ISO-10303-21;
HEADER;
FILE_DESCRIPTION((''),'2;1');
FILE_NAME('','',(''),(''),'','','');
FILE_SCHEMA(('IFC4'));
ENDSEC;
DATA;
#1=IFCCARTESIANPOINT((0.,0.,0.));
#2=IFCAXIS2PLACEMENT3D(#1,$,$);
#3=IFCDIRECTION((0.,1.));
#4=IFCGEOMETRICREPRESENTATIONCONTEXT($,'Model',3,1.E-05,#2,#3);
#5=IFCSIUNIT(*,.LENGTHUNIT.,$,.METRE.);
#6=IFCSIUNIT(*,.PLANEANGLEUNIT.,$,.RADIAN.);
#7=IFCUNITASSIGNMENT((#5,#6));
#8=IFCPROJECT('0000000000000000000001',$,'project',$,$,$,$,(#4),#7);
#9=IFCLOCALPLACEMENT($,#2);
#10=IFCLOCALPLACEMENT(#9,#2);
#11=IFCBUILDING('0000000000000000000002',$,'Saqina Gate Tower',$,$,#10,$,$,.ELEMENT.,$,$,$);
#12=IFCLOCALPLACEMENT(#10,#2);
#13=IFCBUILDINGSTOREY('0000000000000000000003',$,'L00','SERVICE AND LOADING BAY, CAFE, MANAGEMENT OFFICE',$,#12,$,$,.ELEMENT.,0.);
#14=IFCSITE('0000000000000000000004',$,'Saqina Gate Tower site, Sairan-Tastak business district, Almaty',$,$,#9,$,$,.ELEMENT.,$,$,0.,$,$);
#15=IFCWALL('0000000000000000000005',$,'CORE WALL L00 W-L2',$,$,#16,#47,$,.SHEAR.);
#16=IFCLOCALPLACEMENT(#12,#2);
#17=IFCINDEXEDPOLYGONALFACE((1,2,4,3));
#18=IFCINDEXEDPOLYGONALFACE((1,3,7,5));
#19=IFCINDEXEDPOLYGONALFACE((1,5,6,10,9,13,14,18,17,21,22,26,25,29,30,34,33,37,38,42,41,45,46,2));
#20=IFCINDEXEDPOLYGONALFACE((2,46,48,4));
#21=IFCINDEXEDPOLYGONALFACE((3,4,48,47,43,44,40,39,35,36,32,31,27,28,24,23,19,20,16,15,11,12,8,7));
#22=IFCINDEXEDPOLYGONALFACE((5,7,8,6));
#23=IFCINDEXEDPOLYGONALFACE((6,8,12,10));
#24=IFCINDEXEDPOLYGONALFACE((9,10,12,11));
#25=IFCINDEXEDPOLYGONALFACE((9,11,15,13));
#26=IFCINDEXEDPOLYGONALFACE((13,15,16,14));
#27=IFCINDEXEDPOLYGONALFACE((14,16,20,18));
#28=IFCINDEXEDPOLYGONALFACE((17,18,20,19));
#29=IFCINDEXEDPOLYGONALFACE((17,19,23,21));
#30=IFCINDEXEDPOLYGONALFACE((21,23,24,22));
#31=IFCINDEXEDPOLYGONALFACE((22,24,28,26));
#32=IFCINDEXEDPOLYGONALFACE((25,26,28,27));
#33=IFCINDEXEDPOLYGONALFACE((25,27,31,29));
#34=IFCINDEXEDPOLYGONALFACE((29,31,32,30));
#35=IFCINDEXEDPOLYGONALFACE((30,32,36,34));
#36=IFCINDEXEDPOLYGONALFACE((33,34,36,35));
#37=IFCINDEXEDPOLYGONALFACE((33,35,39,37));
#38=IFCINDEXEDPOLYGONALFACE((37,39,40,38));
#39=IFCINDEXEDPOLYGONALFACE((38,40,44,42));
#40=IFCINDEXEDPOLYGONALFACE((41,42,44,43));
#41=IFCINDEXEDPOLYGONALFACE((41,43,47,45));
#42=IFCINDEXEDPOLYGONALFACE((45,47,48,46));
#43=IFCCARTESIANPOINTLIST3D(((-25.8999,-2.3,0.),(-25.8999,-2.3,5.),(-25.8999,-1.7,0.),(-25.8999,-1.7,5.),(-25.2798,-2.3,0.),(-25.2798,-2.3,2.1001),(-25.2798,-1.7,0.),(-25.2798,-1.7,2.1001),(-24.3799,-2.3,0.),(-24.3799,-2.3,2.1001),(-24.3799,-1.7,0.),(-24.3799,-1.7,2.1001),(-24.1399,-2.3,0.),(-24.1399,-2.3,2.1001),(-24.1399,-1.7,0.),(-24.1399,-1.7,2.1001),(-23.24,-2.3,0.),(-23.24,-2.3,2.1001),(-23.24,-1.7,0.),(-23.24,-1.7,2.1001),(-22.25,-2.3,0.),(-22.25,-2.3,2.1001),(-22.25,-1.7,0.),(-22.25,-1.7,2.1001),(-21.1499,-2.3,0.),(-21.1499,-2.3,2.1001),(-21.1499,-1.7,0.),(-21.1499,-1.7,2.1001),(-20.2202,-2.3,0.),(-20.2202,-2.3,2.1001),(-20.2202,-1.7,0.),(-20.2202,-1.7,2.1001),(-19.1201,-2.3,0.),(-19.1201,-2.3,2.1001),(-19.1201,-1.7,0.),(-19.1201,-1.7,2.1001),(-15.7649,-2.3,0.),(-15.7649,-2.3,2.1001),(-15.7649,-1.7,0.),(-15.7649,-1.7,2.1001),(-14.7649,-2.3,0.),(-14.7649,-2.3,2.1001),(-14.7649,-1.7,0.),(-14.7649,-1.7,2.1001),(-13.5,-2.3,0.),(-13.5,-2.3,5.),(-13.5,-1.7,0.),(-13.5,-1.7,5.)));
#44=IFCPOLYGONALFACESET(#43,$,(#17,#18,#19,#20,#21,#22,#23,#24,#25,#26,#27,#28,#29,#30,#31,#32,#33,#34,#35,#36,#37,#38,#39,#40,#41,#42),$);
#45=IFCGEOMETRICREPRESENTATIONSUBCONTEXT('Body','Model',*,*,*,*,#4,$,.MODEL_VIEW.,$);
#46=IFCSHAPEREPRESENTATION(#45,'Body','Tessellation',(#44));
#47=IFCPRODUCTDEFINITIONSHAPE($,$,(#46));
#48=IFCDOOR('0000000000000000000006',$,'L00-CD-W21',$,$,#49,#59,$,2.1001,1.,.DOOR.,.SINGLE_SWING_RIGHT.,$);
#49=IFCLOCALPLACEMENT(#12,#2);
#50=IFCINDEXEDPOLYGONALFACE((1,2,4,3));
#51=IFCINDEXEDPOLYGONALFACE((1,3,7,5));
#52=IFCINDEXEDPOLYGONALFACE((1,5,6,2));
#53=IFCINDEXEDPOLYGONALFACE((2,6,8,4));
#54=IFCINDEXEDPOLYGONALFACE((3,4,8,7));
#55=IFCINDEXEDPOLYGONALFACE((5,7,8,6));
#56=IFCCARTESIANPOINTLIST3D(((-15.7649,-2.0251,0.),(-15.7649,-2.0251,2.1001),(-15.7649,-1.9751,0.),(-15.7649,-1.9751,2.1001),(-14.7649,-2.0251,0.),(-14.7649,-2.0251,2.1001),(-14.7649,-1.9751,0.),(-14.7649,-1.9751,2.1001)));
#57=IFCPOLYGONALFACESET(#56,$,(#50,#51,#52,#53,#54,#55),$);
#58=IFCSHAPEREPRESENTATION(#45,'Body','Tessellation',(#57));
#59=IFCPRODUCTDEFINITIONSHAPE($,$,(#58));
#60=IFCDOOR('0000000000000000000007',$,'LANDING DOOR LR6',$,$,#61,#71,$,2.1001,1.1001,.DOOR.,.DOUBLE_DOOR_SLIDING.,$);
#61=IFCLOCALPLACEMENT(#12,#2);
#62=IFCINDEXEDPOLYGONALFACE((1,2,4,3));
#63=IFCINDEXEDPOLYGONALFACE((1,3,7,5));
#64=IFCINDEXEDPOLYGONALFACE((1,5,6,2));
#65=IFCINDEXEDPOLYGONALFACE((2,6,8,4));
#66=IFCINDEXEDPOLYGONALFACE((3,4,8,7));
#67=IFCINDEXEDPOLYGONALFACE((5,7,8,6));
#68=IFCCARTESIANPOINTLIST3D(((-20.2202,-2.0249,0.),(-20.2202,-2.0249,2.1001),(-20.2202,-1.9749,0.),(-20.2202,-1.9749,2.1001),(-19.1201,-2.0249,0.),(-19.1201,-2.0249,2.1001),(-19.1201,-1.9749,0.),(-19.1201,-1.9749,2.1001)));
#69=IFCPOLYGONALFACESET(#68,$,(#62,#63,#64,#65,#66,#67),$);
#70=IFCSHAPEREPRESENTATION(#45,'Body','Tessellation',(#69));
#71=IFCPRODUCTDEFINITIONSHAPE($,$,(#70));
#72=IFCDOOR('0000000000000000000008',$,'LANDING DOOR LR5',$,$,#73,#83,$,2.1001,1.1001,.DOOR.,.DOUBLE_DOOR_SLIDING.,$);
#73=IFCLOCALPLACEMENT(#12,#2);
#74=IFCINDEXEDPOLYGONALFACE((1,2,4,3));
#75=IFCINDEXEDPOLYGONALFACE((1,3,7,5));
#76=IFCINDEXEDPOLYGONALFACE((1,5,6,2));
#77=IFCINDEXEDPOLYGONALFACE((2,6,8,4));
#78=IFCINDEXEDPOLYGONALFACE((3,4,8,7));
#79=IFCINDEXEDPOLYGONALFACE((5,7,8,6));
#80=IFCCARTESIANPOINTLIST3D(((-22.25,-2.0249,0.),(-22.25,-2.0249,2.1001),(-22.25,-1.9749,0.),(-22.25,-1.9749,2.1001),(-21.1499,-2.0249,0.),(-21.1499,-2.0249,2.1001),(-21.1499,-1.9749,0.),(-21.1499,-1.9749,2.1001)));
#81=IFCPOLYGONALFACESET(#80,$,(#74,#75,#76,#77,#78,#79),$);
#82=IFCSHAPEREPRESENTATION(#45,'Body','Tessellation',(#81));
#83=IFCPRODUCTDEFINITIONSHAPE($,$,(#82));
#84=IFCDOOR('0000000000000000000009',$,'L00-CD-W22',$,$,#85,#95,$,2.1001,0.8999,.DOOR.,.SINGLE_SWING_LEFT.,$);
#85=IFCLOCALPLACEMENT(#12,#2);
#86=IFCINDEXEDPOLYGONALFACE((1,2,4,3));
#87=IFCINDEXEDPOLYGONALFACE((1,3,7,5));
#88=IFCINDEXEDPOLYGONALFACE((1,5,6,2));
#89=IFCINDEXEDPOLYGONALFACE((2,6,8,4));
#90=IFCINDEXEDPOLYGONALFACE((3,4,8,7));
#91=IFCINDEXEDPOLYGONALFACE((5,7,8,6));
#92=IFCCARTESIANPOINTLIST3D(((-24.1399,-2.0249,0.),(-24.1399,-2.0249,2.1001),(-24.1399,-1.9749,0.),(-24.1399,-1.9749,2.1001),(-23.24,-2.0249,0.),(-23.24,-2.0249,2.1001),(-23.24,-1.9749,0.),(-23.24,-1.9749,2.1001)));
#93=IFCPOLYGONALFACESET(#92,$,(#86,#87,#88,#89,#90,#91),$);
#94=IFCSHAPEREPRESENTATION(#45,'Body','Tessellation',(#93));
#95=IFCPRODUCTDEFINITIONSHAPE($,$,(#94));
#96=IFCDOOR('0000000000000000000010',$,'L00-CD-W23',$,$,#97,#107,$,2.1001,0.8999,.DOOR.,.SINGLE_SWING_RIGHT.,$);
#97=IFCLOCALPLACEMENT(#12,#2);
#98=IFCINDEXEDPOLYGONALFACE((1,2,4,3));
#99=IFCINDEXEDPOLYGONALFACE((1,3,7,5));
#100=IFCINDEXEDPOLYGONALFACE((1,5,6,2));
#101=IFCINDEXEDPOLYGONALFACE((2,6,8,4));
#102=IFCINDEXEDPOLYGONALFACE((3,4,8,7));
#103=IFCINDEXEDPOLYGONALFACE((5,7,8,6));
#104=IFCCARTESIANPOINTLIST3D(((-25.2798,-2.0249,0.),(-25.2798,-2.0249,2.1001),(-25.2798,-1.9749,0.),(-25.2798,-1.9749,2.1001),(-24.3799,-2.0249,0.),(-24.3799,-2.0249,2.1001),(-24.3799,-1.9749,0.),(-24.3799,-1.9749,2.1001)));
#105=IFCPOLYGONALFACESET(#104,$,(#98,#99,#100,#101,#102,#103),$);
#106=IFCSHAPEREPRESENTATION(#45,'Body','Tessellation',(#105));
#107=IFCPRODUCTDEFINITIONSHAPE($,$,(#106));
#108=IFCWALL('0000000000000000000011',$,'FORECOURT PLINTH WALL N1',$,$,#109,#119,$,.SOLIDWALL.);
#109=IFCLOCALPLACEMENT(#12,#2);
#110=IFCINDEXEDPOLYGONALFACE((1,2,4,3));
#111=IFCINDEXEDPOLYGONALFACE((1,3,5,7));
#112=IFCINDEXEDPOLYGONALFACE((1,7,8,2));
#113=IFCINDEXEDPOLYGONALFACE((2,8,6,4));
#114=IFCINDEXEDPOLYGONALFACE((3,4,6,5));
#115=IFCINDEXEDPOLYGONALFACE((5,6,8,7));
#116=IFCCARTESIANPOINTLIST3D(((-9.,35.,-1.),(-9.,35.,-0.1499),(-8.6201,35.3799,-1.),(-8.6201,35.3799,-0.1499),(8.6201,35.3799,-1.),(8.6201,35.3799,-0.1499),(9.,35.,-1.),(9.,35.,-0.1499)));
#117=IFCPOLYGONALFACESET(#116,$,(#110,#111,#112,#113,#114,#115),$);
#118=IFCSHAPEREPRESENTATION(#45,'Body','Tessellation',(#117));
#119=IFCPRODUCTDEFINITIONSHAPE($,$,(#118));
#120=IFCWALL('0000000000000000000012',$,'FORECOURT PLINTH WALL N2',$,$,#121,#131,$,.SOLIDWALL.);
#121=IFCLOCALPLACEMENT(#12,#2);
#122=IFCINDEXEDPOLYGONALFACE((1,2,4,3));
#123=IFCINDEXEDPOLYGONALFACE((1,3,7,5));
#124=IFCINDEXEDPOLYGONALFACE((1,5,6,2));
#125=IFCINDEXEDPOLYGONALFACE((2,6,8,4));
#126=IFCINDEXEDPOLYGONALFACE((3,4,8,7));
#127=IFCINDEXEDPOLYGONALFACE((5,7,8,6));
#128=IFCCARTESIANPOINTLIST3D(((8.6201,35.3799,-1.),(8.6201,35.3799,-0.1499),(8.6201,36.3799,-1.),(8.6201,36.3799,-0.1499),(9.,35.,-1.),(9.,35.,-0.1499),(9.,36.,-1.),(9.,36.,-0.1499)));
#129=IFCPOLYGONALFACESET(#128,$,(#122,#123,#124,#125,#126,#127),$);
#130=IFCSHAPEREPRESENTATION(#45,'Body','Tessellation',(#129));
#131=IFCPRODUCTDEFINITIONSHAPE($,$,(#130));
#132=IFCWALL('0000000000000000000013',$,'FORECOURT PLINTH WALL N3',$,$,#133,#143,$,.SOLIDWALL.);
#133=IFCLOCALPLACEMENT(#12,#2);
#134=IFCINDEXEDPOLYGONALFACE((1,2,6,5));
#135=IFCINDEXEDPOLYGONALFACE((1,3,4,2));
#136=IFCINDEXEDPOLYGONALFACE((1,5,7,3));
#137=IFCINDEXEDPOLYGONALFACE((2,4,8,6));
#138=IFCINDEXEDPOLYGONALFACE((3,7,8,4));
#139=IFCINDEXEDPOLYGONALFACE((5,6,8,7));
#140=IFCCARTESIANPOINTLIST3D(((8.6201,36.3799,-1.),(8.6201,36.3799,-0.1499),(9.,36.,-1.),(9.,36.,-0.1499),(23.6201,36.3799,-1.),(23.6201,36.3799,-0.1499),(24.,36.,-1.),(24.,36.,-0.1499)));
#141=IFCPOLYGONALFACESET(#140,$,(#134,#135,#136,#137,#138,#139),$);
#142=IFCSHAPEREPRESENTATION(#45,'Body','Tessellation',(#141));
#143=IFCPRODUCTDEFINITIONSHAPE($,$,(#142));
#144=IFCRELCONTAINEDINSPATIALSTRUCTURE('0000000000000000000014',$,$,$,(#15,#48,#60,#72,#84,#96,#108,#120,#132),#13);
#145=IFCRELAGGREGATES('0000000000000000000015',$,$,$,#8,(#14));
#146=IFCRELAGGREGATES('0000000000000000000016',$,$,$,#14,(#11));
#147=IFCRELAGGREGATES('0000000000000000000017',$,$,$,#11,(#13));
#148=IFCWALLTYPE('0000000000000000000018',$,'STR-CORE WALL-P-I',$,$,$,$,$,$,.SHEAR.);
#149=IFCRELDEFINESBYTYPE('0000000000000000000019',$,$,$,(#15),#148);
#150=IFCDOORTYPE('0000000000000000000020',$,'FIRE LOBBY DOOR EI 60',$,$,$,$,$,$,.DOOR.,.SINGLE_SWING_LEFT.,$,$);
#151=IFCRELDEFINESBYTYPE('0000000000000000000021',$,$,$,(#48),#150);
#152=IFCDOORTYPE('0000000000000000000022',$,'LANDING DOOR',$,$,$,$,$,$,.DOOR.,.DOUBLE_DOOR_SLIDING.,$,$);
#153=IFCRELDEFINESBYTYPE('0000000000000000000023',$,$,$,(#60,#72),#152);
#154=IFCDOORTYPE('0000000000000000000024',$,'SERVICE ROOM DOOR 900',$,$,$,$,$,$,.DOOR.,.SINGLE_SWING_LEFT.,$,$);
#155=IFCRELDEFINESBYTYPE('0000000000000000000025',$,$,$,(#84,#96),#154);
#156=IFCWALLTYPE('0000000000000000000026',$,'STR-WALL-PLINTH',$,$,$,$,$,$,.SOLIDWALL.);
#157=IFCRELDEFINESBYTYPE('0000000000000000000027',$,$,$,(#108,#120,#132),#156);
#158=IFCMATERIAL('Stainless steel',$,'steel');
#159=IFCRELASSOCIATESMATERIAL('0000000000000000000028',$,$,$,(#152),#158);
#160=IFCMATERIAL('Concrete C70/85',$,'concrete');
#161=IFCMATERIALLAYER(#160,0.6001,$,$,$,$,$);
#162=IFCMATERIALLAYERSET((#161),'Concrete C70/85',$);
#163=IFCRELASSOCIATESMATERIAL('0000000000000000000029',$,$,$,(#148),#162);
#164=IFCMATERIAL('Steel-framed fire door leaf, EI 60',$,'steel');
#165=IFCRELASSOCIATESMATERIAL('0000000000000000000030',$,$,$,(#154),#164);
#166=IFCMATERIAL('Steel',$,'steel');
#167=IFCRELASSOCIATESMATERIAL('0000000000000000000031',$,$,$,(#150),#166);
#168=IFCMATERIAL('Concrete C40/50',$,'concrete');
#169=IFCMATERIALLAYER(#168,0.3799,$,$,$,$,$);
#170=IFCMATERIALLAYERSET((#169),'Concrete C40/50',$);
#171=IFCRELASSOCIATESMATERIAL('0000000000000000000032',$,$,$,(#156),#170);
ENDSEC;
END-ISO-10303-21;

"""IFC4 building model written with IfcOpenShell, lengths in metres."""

from ifc_helpers import new_model, si_unit, direction, frame, frame_2d, origin, place, context, subcontext, project, spatial, polyline, rectangle, outline, extrude, material, layer, layer_set, type_object, element, fill, save


model = new_model("IFC4")

# Units and contexts
model_context = context("Model", 3, precision=1e-05, world=origin(), true_north=direction((0.0, 1.0)))
body_context = subcontext(model_context, "Body", "Model", "MODEL_VIEW")
ifc_project = project(units=[si_unit("LENGTHUNIT", "METRE"), si_unit("PLANEANGLEUNIT", "RADIAN")], contexts=[model_context])

# Site, building, storey
site_placement = place(None, origin())
site = spatial("IfcSite", under=ifc_project, at=site_placement, Name="Saqina Gate Tower site, Sairan-Tastak business district, Almaty", CompositionType="ELEMENT", RefElevation=0.0)
building_placement = place(site_placement, origin())
building = spatial("IfcBuilding", under=site, at=building_placement, Name="Saqina Gate Tower", CompositionType="ELEMENT")
storey_placement = place(building_placement, origin())
storey = spatial("IfcBuildingStorey", under=building, at=storey_placement, Name="L00", Description="SERVICE AND LOADING BAY, CAFE, MANAGEMENT OFFICE", CompositionType="ELEMENT", Elevation=0.0)

# Shared definitions
ifc_material_1 = material(Name="Stainless steel", Category="steel")
door_type_1 = type_object("IfcDoorType", Name="LANDING DOOR", OperationType="DOUBLE_DOOR_SLIDING", PredefinedType="DOOR", material=ifc_material_1)

# Wall, openings, doors
ifc_material_2 = material(Name="Concrete C70/85", Category="concrete")
ifc_layer_1 = layer(ifc_material_2, 0.6001)
ifc_layer_set_1 = layer_set([ifc_layer_1], Name="Concrete C70/85")
wall_type_1 = type_object("IfcWallType", Name="STR-CORE WALL-P-I", PredefinedType="SHEAR", material=ifc_layer_set_1)
ifc_material_3 = material(Name="Steel-framed fire door leaf, EI 60", Category="steel")
door_type_2 = type_object("IfcDoorType", Name="SERVICE ROOM DOOR 900", OperationType="SINGLE_SWING_LEFT", PredefinedType="DOOR", material=ifc_material_3)
wall_1_placement = place(storey_placement, frame((-13.5, -2.0, 0.0), z_axis=(0.0, 0.0, 1.0), x_axis=(-1.0, 0.0, 0.0)))
wall_1 = element("IfcWall", 1, at=wall_1_placement, inside=storey, type_object=wall_type_1, Name="CORE WALL L00 W-L2", PredefinedType="SHEAR", context=body_context, shape_type="SweptSolid", body=[
    extrude(rectangle(XDim=12.3999, YDim=0.6001, at=frame_2d((6.2, 0.0))), origin(), (0.0, 0.0, 1.0), 5.0),
])
opening_1_placement = place(wall_1_placement, frame((5.6201, 0.0, 0.0)))
opening_1 = element("IfcOpeningElement", 2, at=opening_1_placement, cuts=wall_1, PredefinedType="OPENING", context=body_context, shape_type="SweptSolid", body=[
    extrude(rectangle(XDim=1.1001, YDim=2.1001, at=frame_2d((0.55, 1.05))), frame((0.0, 0.312, 0.0), z_axis=(0.0, -1.0, 0.0), x_axis=(1.0, 0.0, 0.0)), (0.0, 0.0, 1.0), 0.624),
])
opening_2_placement = place(wall_1_placement, frame((7.6499, 0.0, 0.0)))
opening_2 = element("IfcOpeningElement", 3, at=opening_2_placement, cuts=wall_1, PredefinedType="OPENING", context=body_context, shape_type="SweptSolid", body=[
    extrude(rectangle(XDim=1.1001, YDim=2.1001, at=frame_2d((0.55, 1.05))), frame((0.0, 0.312, 0.0), z_axis=(0.0, -1.0, 0.0), x_axis=(1.0, 0.0, 0.0)), (0.0, 0.0, 1.0), 0.624),
])
opening_3_placement = place(wall_1_placement, frame((1.2649, 0.0, 0.0)))
opening_3 = element("IfcOpeningElement", 4, at=opening_3_placement, cuts=wall_1, PredefinedType="OPENING", context=body_context, shape_type="SweptSolid", body=[
    extrude(rectangle(XDim=1.0, YDim=2.1001, at=frame_2d((0.5, 1.05))), frame((0.0, 0.312, 0.0), z_axis=(0.0, -1.0, 0.0), x_axis=(1.0, 0.0, 0.0)), (0.0, 0.0, 1.0), 0.624),
])
opening_4_placement = place(wall_1_placement, frame((9.74, 0.0, 0.0)))
opening_4 = element("IfcOpeningElement", 5, at=opening_4_placement, cuts=wall_1, PredefinedType="OPENING", context=body_context, shape_type="SweptSolid", body=[
    extrude(rectangle(XDim=0.8999, YDim=2.1001, at=frame_2d((0.45, 1.05))), frame((0.0, 0.312, 0.0), z_axis=(0.0, -1.0, 0.0), x_axis=(1.0, 0.0, 0.0)), (0.0, 0.0, 1.0), 0.624),
])
opening_5_placement = place(wall_1_placement, frame((10.8799, 0.0, 0.0)))
opening_5 = element("IfcOpeningElement", 6, at=opening_5_placement, cuts=wall_1, PredefinedType="OPENING", context=body_context, shape_type="SweptSolid", body=[
    extrude(rectangle(XDim=0.8999, YDim=2.1001, at=frame_2d((0.45, 1.05))), frame((0.0, 0.312, 0.0), z_axis=(0.0, -1.0, 0.0), x_axis=(1.0, 0.0, 0.0)), (0.0, 0.0, 1.0), 0.624),
])
ifc_material_4 = material(Name="Steel", Category="steel")
door_type_3 = type_object("IfcDoorType", Name="FIRE LOBBY DOOR EI 60", OperationType="SINGLE_SWING_LEFT", PredefinedType="DOOR", material=ifc_material_4)
door_1_placement = place(opening_3_placement, frame((1.0, 0.0, 0.0), z_axis=(0.0, 0.0, 1.0), x_axis=(-1.0, 0.0, 0.0)))
door_1 = element("IfcDoor", 7, at=door_1_placement, inside=storey, type_object=door_type_3, Name="L00-CD-W21", OperationType="SINGLE_SWING_RIGHT", OverallHeight=2.1001, OverallWidth=1.0, PredefinedType="DOOR", context=body_context, shape_type="SweptSolid", body=[
    extrude(rectangle(XDim=1.0, YDim=2.1001, at=frame_2d((0.5, 1.05))), frame((0.0, 0.0249, 0.0), z_axis=(0.0, -1.0, 0.0), x_axis=(1.0, 0.0, 0.0)), (0.0, 0.0, 1.0), 0.05),
])
fill(opening_3, door_1)
door_2_placement = place(opening_1_placement, origin())
door_2 = element("IfcDoor", 8, at=door_2_placement, inside=storey, type_object=door_type_1, Name="LANDING DOOR LR6", OperationType="DOUBLE_DOOR_SLIDING", OverallHeight=2.1001, OverallWidth=1.1001, PredefinedType="DOOR", context=body_context, shape_type="SweptSolid", body=[
    extrude(rectangle(XDim=1.1001, YDim=2.1001, at=frame_2d((0.55, 1.05))), frame((0.0, 0.0249, 0.0), z_axis=(0.0, -1.0, 0.0), x_axis=(1.0, 0.0, 0.0)), (0.0, 0.0, 1.0), 0.05),
])
fill(opening_1, door_2)
door_3_placement = place(opening_2_placement, origin())
door_3 = element("IfcDoor", 9, at=door_3_placement, inside=storey, type_object=door_type_1, Name="LANDING DOOR LR5", OperationType="DOUBLE_DOOR_SLIDING", OverallHeight=2.1001, OverallWidth=1.1001, PredefinedType="DOOR", context=body_context, shape_type="SweptSolid", body=[
    extrude(rectangle(XDim=1.1001, YDim=2.1001, at=frame_2d((0.55, 1.05))), frame((0.0, 0.0249, 0.0), z_axis=(0.0, -1.0, 0.0), x_axis=(1.0, 0.0, 0.0)), (0.0, 0.0, 1.0), 0.05),
])
fill(opening_2, door_3)
door_4_placement = place(opening_4_placement, origin())
door_4 = element("IfcDoor", 10, at=door_4_placement, inside=storey, type_object=door_type_2, Name="L00-CD-W22", OperationType="SINGLE_SWING_LEFT", OverallHeight=2.1001, OverallWidth=0.8999, PredefinedType="DOOR", context=body_context, shape_type="SweptSolid", body=[
    extrude(rectangle(XDim=0.8999, YDim=2.1001, at=frame_2d((0.45, 1.05))), frame((0.0, 0.0249, 0.0), z_axis=(0.0, -1.0, 0.0), x_axis=(1.0, 0.0, 0.0)), (0.0, 0.0, 1.0), 0.05),
])
fill(opening_4, door_4)
door_5_placement = place(opening_5_placement, origin())
door_5 = element("IfcDoor", 11, at=door_5_placement, inside=storey, type_object=door_type_2, Name="L00-CD-W23", OperationType="SINGLE_SWING_RIGHT", OverallHeight=2.1001, OverallWidth=0.8999, PredefinedType="DOOR", context=body_context, shape_type="SweptSolid", body=[
    extrude(rectangle(XDim=0.8999, YDim=2.1001, at=frame_2d((0.45, 1.05))), frame((0.0, 0.0249, 0.0), z_axis=(0.0, -1.0, 0.0), x_axis=(1.0, 0.0, 0.0)), (0.0, 0.0, 1.0), 0.05),
])
fill(opening_5, door_5)

# Walls
ifc_material_5 = material(Name="Concrete C40/50", Category="concrete")
ifc_layer_2 = layer(ifc_material_5, 0.3799)
ifc_layer_set_2 = layer_set([ifc_layer_2], Name="Concrete C40/50")
wall_type_2 = type_object("IfcWallType", Name="STR-WALL-PLINTH", PredefinedType="SOLIDWALL", material=ifc_layer_set_2)
wall_2_placement = place(storey_placement, frame((0.0, 0.0, -1.0)))
element("IfcWall", 12, at=wall_2_placement, inside=storey, type_object=wall_type_2, Name="FORECOURT PLINTH WALL N1", PredefinedType="SOLIDWALL", context=body_context, shape_type="SweptSolid", body=[
    extrude(outline(polyline([(-9.0, 35.0), (9.0, 35.0), (8.6201, 35.3799), (-8.6201, 35.3799), (-9.0, 35.0)])), origin(), (0.0, 0.0, 1.0), 0.8501),
])
wall_3_placement = place(storey_placement, frame((0.0, 0.0, -1.0)))
element("IfcWall", 13, at=wall_3_placement, inside=storey, type_object=wall_type_2, Name="FORECOURT PLINTH WALL N2", PredefinedType="SOLIDWALL", context=body_context, shape_type="SweptSolid", body=[
    extrude(outline(polyline([(9.0, 35.0), (9.0, 36.0), (8.6201, 36.3799), (8.6201, 35.3799), (9.0, 35.0)])), origin(), (0.0, 0.0, 1.0), 0.8501),
])
wall_4_placement = place(storey_placement, frame((0.0, 0.0, -1.0)))
element("IfcWall", 14, at=wall_4_placement, inside=storey, type_object=wall_type_2, Name="FORECOURT PLINTH WALL N3", PredefinedType="SOLIDWALL", context=body_context, shape_type="SweptSolid", body=[
    extrude(outline(polyline([(9.0, 36.0), (24.0, 36.0), (23.6201, 36.3799), (8.6201, 36.3799), (9.0, 36.0)])), origin(), (0.0, 0.0, 1.0), 0.8501),
])

save(model, "model.ifc")
